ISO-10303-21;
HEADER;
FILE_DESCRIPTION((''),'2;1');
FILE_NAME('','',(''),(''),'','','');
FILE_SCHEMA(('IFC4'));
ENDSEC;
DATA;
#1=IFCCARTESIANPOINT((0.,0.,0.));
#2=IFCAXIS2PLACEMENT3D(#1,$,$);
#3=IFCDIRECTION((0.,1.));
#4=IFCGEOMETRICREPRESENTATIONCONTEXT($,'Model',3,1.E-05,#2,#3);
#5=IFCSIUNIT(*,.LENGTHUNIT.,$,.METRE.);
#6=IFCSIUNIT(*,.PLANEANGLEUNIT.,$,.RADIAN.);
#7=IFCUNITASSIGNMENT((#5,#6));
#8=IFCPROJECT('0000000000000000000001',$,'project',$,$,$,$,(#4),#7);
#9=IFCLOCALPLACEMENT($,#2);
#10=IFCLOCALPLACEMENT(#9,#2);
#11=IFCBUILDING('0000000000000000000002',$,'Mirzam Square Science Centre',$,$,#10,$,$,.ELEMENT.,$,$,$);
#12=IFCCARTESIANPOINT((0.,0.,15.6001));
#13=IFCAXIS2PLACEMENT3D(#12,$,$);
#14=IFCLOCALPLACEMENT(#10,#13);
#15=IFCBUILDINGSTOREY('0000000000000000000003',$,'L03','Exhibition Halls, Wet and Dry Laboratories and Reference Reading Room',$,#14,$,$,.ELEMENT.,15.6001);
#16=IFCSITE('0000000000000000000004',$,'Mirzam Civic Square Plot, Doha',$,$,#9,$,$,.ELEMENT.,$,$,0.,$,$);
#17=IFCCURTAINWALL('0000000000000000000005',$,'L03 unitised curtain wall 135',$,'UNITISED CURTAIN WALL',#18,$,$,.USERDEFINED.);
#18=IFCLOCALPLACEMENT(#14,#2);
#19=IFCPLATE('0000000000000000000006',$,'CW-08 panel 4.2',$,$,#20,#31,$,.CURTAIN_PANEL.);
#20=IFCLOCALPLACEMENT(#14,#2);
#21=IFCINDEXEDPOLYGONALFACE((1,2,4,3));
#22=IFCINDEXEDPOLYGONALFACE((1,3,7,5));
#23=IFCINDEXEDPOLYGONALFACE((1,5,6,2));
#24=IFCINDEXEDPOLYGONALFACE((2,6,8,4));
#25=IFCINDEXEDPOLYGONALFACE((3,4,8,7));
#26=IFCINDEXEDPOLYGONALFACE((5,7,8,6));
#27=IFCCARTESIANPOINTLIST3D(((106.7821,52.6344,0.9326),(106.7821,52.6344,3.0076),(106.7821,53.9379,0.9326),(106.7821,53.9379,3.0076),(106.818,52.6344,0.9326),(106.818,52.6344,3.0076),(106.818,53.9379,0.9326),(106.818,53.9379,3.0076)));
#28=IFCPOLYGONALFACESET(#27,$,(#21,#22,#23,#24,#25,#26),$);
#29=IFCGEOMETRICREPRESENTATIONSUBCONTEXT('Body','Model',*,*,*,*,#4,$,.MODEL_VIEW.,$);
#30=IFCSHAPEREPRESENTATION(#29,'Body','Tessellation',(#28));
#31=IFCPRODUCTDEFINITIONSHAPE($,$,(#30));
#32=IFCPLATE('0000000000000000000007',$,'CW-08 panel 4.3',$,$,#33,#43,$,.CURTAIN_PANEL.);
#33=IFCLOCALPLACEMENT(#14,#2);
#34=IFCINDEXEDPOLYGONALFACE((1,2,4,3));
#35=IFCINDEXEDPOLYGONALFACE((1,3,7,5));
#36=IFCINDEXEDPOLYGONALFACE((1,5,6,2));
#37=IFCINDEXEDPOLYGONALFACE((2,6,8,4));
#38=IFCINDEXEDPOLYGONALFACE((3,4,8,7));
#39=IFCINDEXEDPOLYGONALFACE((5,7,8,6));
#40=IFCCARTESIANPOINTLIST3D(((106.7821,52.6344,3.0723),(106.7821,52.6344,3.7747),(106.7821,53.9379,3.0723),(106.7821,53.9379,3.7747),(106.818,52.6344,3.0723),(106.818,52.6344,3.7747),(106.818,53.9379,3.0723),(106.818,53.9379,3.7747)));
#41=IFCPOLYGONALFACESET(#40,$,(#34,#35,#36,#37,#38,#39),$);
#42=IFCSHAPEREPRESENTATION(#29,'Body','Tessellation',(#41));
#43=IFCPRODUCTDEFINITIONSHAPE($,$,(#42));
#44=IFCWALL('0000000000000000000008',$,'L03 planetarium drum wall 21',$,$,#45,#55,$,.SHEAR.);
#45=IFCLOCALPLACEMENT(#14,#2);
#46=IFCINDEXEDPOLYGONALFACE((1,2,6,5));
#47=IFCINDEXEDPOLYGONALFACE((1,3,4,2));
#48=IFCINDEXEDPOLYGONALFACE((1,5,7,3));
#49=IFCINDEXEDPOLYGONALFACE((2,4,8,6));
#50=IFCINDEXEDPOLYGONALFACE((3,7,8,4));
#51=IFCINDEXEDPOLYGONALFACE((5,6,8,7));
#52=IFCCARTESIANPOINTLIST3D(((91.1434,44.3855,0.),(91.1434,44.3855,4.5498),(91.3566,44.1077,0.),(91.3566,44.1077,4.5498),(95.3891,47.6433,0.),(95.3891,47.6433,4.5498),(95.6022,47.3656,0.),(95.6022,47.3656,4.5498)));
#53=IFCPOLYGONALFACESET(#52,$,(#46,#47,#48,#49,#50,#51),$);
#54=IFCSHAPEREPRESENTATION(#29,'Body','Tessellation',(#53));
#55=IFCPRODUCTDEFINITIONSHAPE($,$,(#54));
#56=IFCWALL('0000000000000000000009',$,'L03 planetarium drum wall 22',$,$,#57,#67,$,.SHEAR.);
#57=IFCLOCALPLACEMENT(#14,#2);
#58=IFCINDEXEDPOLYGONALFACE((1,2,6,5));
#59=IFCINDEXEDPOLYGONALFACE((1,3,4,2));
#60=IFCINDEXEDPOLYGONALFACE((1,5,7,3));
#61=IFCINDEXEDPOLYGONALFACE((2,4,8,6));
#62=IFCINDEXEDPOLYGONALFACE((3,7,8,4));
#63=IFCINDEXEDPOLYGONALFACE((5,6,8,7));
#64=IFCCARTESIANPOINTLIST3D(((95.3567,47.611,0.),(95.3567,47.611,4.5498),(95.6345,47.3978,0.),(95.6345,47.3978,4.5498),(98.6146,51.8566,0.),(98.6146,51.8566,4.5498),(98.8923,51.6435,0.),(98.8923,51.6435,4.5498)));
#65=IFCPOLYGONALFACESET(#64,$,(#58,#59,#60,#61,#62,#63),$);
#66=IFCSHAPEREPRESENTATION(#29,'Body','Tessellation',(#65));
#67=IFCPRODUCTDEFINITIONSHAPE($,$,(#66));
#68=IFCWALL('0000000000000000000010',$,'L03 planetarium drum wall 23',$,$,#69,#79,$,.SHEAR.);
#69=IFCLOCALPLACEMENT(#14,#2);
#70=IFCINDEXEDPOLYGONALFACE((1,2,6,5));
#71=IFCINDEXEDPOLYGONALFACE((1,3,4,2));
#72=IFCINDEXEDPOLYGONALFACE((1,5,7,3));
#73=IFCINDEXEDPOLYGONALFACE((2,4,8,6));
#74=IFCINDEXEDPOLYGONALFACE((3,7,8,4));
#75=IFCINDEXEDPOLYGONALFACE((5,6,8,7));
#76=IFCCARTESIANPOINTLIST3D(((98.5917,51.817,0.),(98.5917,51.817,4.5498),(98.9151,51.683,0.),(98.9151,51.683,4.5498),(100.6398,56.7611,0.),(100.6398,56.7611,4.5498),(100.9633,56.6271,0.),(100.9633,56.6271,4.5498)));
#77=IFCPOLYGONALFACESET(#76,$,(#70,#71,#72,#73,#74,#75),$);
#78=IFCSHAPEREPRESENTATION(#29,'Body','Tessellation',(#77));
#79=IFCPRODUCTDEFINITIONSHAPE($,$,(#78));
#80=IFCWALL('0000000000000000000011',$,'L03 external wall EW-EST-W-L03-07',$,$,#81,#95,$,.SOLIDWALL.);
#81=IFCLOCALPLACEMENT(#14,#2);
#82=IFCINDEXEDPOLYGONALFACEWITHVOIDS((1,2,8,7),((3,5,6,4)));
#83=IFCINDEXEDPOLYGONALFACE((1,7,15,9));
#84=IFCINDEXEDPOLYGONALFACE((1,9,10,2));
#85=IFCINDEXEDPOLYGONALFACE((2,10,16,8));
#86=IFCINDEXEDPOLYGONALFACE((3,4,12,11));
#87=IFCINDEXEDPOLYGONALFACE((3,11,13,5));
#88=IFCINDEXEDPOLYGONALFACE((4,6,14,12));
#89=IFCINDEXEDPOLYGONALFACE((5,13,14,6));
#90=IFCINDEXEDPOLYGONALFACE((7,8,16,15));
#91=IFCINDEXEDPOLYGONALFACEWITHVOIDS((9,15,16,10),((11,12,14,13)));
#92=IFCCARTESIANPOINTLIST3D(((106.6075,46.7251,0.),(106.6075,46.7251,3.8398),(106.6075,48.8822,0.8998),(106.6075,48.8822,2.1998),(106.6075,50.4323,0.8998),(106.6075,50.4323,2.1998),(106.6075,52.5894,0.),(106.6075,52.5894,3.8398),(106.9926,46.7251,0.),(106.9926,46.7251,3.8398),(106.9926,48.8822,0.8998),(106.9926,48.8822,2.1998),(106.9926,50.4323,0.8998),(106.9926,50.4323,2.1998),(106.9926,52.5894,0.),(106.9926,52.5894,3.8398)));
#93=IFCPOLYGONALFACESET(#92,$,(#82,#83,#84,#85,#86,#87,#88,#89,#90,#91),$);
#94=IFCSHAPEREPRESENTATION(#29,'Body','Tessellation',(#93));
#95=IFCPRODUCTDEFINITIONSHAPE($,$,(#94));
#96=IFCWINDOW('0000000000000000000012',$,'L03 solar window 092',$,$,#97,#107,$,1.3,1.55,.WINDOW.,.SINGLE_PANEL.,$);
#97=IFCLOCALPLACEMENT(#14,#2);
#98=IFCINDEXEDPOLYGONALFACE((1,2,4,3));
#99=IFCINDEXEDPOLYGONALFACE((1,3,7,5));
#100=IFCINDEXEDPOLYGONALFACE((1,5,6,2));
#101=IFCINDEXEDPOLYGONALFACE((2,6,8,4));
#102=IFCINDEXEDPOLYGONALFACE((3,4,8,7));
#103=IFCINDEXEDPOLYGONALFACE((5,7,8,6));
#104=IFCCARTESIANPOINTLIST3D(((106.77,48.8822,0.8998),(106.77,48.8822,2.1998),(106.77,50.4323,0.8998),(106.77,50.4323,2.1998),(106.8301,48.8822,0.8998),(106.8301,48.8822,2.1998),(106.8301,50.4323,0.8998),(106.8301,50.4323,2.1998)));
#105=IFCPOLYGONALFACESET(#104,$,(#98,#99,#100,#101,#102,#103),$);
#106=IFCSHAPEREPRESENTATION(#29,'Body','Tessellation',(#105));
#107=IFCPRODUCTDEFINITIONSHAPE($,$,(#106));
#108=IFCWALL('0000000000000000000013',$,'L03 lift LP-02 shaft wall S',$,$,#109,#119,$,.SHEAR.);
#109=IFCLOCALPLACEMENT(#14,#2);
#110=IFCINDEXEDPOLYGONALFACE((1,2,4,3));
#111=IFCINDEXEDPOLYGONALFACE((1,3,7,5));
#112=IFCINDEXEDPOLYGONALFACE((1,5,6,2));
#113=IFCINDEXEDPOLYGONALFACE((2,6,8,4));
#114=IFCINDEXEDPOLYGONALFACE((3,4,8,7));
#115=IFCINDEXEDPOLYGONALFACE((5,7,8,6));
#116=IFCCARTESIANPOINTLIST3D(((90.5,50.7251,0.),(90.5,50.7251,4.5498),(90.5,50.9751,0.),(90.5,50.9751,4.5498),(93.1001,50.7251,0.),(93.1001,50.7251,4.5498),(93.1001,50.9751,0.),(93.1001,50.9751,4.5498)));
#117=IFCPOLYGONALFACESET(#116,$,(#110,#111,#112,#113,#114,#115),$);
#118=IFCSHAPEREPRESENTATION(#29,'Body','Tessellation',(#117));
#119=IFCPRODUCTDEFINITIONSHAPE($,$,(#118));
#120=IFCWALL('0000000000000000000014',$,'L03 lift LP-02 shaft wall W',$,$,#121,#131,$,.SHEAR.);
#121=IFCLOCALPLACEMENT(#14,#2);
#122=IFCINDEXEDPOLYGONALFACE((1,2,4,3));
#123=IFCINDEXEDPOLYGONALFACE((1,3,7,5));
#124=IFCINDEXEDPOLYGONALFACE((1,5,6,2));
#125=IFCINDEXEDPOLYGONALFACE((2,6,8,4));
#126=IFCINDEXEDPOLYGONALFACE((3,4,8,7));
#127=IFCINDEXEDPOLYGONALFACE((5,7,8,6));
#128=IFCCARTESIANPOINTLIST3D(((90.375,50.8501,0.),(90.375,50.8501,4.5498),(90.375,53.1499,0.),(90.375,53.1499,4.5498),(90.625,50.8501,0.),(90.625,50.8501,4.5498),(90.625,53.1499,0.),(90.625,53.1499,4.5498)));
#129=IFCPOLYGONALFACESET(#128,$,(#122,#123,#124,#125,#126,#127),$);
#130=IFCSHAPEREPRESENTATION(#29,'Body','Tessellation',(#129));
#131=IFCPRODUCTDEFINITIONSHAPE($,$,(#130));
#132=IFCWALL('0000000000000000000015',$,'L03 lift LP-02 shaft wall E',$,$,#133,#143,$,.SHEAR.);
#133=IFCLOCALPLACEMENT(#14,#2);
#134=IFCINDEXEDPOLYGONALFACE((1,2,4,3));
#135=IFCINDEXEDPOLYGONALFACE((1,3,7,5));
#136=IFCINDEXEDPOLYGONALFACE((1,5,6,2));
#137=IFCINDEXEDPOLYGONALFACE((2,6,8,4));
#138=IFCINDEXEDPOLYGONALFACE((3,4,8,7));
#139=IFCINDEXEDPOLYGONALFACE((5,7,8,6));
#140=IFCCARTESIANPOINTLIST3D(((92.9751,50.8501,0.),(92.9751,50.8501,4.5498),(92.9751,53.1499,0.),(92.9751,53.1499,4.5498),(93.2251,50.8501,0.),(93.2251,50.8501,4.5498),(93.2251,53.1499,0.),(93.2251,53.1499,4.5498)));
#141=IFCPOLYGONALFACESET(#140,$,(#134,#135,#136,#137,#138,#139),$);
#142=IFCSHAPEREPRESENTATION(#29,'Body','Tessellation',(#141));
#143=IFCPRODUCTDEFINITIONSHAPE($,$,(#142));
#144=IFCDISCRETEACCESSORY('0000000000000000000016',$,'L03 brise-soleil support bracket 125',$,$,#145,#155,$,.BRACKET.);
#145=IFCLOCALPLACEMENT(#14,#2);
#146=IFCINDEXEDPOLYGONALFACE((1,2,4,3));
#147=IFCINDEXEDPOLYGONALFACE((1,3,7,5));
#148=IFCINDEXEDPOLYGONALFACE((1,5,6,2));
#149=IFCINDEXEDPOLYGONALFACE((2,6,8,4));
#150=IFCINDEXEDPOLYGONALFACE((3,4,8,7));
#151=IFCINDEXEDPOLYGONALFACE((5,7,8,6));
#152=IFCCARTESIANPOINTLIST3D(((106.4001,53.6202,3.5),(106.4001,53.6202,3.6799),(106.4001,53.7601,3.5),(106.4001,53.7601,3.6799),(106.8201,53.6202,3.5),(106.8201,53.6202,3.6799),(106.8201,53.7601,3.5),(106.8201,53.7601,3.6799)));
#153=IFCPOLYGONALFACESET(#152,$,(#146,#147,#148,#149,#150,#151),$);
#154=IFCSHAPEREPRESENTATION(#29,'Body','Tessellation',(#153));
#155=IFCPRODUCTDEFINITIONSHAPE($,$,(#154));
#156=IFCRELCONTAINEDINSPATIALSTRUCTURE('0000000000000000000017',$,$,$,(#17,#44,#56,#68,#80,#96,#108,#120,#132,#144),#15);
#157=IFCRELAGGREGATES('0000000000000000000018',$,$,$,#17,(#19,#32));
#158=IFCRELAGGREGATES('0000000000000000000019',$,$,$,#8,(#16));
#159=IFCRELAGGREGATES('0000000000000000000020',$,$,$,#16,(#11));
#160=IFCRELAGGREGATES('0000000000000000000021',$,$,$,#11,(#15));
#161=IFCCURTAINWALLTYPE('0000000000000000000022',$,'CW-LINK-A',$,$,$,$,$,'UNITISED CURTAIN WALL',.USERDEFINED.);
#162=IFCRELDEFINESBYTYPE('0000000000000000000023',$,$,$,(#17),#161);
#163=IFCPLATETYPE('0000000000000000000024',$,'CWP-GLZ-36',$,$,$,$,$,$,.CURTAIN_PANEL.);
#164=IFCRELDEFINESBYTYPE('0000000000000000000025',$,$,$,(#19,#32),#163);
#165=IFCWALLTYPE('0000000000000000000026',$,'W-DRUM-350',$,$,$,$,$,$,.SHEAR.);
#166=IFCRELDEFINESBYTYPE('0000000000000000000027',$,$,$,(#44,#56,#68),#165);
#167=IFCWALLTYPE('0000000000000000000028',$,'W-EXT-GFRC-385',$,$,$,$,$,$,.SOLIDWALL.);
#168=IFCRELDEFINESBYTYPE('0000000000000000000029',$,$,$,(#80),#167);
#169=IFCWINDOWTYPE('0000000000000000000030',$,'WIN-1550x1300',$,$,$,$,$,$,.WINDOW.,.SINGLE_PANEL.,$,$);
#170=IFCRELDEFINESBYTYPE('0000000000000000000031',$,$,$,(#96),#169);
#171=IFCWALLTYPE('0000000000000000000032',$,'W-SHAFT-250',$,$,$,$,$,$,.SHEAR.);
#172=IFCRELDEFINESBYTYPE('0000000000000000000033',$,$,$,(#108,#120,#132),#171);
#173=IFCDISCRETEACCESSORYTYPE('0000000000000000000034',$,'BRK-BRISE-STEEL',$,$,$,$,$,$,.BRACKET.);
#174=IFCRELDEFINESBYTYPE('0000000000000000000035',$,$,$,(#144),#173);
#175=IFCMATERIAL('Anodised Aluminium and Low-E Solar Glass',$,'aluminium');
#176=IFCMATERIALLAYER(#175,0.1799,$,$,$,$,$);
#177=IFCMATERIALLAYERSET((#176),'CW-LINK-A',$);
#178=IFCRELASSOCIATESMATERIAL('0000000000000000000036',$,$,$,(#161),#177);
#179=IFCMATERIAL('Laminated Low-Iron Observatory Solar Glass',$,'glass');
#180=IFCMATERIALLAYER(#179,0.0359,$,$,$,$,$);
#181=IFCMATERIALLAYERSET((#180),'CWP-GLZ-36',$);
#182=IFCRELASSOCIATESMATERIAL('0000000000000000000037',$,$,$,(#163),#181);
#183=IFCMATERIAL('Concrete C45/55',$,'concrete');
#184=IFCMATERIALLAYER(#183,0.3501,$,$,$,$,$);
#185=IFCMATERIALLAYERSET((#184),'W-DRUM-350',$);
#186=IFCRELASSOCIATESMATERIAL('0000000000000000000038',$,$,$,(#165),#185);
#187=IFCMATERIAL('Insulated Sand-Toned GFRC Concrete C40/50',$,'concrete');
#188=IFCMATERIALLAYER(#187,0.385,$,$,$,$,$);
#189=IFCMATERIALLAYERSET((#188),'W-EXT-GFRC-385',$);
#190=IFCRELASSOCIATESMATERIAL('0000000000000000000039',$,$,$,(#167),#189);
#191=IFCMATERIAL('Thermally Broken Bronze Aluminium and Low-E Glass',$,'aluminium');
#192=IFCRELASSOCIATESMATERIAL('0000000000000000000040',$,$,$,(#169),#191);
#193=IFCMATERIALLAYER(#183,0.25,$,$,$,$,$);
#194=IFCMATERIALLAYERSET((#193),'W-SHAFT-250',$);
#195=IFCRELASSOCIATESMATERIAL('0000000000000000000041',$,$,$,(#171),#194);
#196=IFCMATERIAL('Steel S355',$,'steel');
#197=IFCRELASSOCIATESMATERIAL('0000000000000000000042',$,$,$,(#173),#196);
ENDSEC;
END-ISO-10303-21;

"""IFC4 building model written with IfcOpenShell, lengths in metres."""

from ifc_helpers import new_model, si_unit, direction, frame, frame_2d, origin, origin_2d, place, context, subcontext, project, spatial, rectangle, extrude, material, layer, layer_set, type_object, element, fill, aggregate, save


model = new_model("IFC4")

# Units and contexts
model_context = context("Model", 3, precision=1e-05, world=origin(), true_north=direction((0.0, 1.0)))
body_context = subcontext(model_context, "Body", "Model", "MODEL_VIEW")
ifc_project = project(units=[si_unit("LENGTHUNIT", "METRE"), si_unit("PLANEANGLEUNIT", "RADIAN")], contexts=[model_context])

# Site, building, storey
site_placement = place(None, origin())
site = spatial("IfcSite", under=ifc_project, at=site_placement, Name="Mirzam Civic Square Plot, Doha", CompositionType="ELEMENT", RefElevation=0.0)
building_placement = place(site_placement, origin())
building = spatial("IfcBuilding", under=site, at=building_placement, Name="Mirzam Square Science Centre", CompositionType="ELEMENT")
storey_placement = place(building_placement, frame((0.0, 0.0, 15.6001)))
storey = spatial("IfcBuildingStorey", under=building, at=storey_placement, Name="L03", Description="Exhibition Halls, Wet and Dry Laboratories and Reference Reading Room", CompositionType="ELEMENT", Elevation=15.6001)

# Shared definitions
ifc_material_1 = material(Name="Steel S355", Category="steel")
ifc_material_2 = material(Name="Concrete C45/55", Category="concrete")

# Curtain wall, plates
ifc_material_3 = material(Name="Anodised Aluminium and Low-E Solar Glass", Category="aluminium")
ifc_layer_1 = layer(ifc_material_3, 0.1799)
ifc_layer_set_1 = layer_set([ifc_layer_1], Name="CW-LINK-A")
curtain_wall_type = type_object("IfcCurtainWallType", Name="CW-LINK-A", ElementType="UNITISED CURTAIN WALL", PredefinedType="USERDEFINED", material=ifc_layer_set_1)
curtain_wall_placement = place(storey_placement, origin())
curtain_wall = element("IfcCurtainWall", 1, at=curtain_wall_placement, inside=storey, type_object=curtain_wall_type, Name="L03 unitised curtain wall 135", ObjectType="UNITISED CURTAIN WALL", PredefinedType="USERDEFINED")
ifc_material_4 = material(Name="Laminated Low-Iron Observatory Solar Glass", Category="glass")
ifc_layer_2 = layer(ifc_material_4, 0.0359)
ifc_layer_set_2 = layer_set([ifc_layer_2], Name="CWP-GLZ-36")
plate_type = type_object("IfcPlateType", Name="CWP-GLZ-36", PredefinedType="CURTAIN_PANEL", material=ifc_layer_set_2)
plate_1_placement = place(storey_placement, frame((106.8, 53.2861, 0.9326), z_axis=(0.0, 0.0, 1.0), x_axis=(0.0, -1.0, 0.0)))
plate_1 = element("IfcPlate", 2, at=plate_1_placement, type_object=plate_type, Name="CW-08 panel 4.2", PredefinedType="CURTAIN_PANEL", context=body_context, shape_type="SweptSolid", body=[
    extrude(rectangle(XDim=1.3035, YDim=0.0359, at=origin_2d()), origin(), (0.0, 0.0, 1.0), 2.075),
])
plate_2_placement = place(storey_placement, frame((106.8, 53.2861, 3.0723), z_axis=(0.0, 0.0, 1.0), x_axis=(0.0, -1.0, 0.0)))
plate_2 = element("IfcPlate", 3, at=plate_2_placement, type_object=plate_type, Name="CW-08 panel 4.3", PredefinedType="CURTAIN_PANEL", context=body_context, shape_type="SweptSolid", body=[
    extrude(rectangle(XDim=1.3035, YDim=0.0359, at=origin_2d()), origin(), (0.0, 0.0, 1.0), 0.7024),
])
aggregate(curtain_wall, [plate_1, plate_2])

# Walls
ifc_layer_3 = layer(ifc_material_2, 0.3501)
ifc_layer_set_3 = layer_set([ifc_layer_3], Name="W-DRUM-350")
wall_type_1 = type_object("IfcWallType", Name="W-DRUM-350", PredefinedType="SHEAR", material=ifc_layer_set_3)
for number, where, z_axis, x_axis, name in (
    (4, (91.25, 44.2466, 0.0), (0.0, 0.0, 1.0), (0.793349, 0.608767, 0.0), "L03 planetarium drum wall 21"),
    (5, (95.4956, 47.5044, 0.0), (0.0, 0.0, 1.0), (0.608767, 0.793349, 0.0), "L03 planetarium drum wall 22"),
    (6, (98.7534, 51.75, 0.0), (0.0, 0.0, 1.0), (0.382713, 0.923867, 0.0), "L03 planetarium drum wall 23"),
):
    element("IfcWall", number, at=place(storey_placement, frame(where, z_axis=z_axis, x_axis=x_axis)), inside=storey, type_object=wall_type_1, Name=name, PredefinedType="SHEAR", context=body_context, shape_type="SweptSolid", body=[
        extrude(rectangle(XDim=5.3516, YDim=0.3501, at=frame_2d((2.6758, 0.0))), origin(), (0.0, 0.0, 1.0), 4.5498),
    ])

# Wall, opening, window
ifc_material_5 = material(Name="Insulated Sand-Toned GFRC Concrete C40/50", Category="concrete")
ifc_layer_4 = layer(ifc_material_5, 0.385)
ifc_layer_set_4 = layer_set([ifc_layer_4], Name="W-EXT-GFRC-385")
wall_type_2 = type_object("IfcWallType", Name="W-EXT-GFRC-385", PredefinedType="SOLIDWALL", material=ifc_layer_set_4)
wall_1_placement = place(storey_placement, frame((106.8, 52.5894, 0.0), z_axis=(0.0, 0.0, 1.0), x_axis=(0.0, -1.0, 0.0)))
wall_1 = element("IfcWall", 7, at=wall_1_placement, inside=storey, type_object=wall_type_2, Name="L03 external wall EW-EST-W-L03-07", PredefinedType="SOLIDWALL", context=body_context, shape_type="SweptSolid", body=[
    extrude(rectangle(XDim=5.8643, YDim=0.385, at=frame_2d((2.9321, 0.0))), origin(), (0.0, 0.0, 1.0), 3.8398),
])
opening_1_placement = place(wall_1_placement, frame((2.1572, 0.0, 0.8999)))
opening_1 = element("IfcOpeningElement", 8, at=opening_1_placement, cuts=wall_1, PredefinedType="OPENING", context=body_context, shape_type="SweptSolid", body=[
    extrude(rectangle(XDim=1.55, YDim=1.3, at=frame_2d((0.7749, 0.6499))), frame((0.0, 0.2024, 0.0), z_axis=(0.0, -1.0, 0.0), x_axis=(1.0, 0.0, 0.0)), (0.0, 0.0, 1.0), 0.405),
])
ifc_material_6 = material(Name="Thermally Broken Bronze Aluminium and Low-E Glass", Category="aluminium")
window_type = type_object("IfcWindowType", Name="WIN-1550x1300", PartitioningType="SINGLE_PANEL", PredefinedType="WINDOW", material=ifc_material_6)
window_placement = place(opening_1_placement, origin())
window = element("IfcWindow", 9, at=window_placement, inside=storey, type_object=window_type, Name="L03 solar window 092", OverallHeight=1.3, OverallWidth=1.55, PartitioningType="SINGLE_PANEL", PredefinedType="WINDOW", context=body_context, shape_type="SweptSolid", body=[
    extrude(rectangle(XDim=1.55, YDim=1.3, at=frame_2d((0.7749, 0.6499))), frame((0.0, 0.03, 0.0), z_axis=(0.0, -1.0, 0.0), x_axis=(1.0, 0.0, 0.0)), (0.0, 0.0, 1.0), 0.0601),
])
fill(opening_1, window)

# Wall
ifc_layer_5 = layer(ifc_material_2, 0.25)
ifc_layer_set_5 = layer_set([ifc_layer_5], Name="W-SHAFT-250")
wall_type_3 = type_object("IfcWallType", Name="W-SHAFT-250", PredefinedType="SHEAR", material=ifc_layer_set_5)
wall_2_placement = place(storey_placement, frame((90.5, 50.8501, 0.0), z_axis=(0.0, 0.0, 1.0), x_axis=(1.0, 0.0, 0.0)))
element("IfcWall", 10, at=wall_2_placement, inside=storey, type_object=wall_type_3, Name="L03 lift LP-02 shaft wall S", PredefinedType="SHEAR", context=body_context, shape_type="SweptSolid", body=[
    extrude(rectangle(XDim=2.6001, YDim=0.25, at=frame_2d((1.3, 0.0))), origin(), (0.0, 0.0, 1.0), 4.5498),
])

# Walls
for number, where, z_axis, x_axis, name in (
    (11, (90.5, 53.1499, 0.0), (0.0, 0.0, 1.0), (0.0, -1.0, 0.0), "L03 lift LP-02 shaft wall W"),
    (12, (93.1001, 50.8501, 0.0), (0.0, 0.0, 1.0), (0.0, 1.0, 0.0), "L03 lift LP-02 shaft wall E"),
):
    element("IfcWall", number, at=place(storey_placement, frame(where, z_axis=z_axis, x_axis=x_axis)), inside=storey, type_object=wall_type_3, Name=name, PredefinedType="SHEAR", context=body_context, shape_type="SweptSolid", body=[
        extrude(rectangle(XDim=2.2998, YDim=0.25, at=frame_2d((1.1499, 0.0))), origin(), (0.0, 0.0, 1.0), 4.5498),
    ])

# Discrete accessory
discrete_accessory_type = type_object("IfcDiscreteAccessoryType", Name="BRK-BRISE-STEEL", PredefinedType="BRACKET", material=ifc_material_1)
discrete_accessory_placement = place(storey_placement, frame((106.6101, 53.6902, 3.5), z_axis=(0.0, 0.0, 1.0), x_axis=(0.0, -1.0, 0.0)))
element("IfcDiscreteAccessory", 13, at=discrete_accessory_placement, inside=storey, type_object=discrete_accessory_type, Name="L03 brise-soleil support bracket 125", PredefinedType="BRACKET", context=body_context, shape_type="SweptSolid", body=[
    extrude(rectangle(XDim=0.1399, YDim=0.4199, at=origin_2d()), origin(), (0.0, 0.0, 1.0), 0.1799),
])

save(model, "model.ifc")
